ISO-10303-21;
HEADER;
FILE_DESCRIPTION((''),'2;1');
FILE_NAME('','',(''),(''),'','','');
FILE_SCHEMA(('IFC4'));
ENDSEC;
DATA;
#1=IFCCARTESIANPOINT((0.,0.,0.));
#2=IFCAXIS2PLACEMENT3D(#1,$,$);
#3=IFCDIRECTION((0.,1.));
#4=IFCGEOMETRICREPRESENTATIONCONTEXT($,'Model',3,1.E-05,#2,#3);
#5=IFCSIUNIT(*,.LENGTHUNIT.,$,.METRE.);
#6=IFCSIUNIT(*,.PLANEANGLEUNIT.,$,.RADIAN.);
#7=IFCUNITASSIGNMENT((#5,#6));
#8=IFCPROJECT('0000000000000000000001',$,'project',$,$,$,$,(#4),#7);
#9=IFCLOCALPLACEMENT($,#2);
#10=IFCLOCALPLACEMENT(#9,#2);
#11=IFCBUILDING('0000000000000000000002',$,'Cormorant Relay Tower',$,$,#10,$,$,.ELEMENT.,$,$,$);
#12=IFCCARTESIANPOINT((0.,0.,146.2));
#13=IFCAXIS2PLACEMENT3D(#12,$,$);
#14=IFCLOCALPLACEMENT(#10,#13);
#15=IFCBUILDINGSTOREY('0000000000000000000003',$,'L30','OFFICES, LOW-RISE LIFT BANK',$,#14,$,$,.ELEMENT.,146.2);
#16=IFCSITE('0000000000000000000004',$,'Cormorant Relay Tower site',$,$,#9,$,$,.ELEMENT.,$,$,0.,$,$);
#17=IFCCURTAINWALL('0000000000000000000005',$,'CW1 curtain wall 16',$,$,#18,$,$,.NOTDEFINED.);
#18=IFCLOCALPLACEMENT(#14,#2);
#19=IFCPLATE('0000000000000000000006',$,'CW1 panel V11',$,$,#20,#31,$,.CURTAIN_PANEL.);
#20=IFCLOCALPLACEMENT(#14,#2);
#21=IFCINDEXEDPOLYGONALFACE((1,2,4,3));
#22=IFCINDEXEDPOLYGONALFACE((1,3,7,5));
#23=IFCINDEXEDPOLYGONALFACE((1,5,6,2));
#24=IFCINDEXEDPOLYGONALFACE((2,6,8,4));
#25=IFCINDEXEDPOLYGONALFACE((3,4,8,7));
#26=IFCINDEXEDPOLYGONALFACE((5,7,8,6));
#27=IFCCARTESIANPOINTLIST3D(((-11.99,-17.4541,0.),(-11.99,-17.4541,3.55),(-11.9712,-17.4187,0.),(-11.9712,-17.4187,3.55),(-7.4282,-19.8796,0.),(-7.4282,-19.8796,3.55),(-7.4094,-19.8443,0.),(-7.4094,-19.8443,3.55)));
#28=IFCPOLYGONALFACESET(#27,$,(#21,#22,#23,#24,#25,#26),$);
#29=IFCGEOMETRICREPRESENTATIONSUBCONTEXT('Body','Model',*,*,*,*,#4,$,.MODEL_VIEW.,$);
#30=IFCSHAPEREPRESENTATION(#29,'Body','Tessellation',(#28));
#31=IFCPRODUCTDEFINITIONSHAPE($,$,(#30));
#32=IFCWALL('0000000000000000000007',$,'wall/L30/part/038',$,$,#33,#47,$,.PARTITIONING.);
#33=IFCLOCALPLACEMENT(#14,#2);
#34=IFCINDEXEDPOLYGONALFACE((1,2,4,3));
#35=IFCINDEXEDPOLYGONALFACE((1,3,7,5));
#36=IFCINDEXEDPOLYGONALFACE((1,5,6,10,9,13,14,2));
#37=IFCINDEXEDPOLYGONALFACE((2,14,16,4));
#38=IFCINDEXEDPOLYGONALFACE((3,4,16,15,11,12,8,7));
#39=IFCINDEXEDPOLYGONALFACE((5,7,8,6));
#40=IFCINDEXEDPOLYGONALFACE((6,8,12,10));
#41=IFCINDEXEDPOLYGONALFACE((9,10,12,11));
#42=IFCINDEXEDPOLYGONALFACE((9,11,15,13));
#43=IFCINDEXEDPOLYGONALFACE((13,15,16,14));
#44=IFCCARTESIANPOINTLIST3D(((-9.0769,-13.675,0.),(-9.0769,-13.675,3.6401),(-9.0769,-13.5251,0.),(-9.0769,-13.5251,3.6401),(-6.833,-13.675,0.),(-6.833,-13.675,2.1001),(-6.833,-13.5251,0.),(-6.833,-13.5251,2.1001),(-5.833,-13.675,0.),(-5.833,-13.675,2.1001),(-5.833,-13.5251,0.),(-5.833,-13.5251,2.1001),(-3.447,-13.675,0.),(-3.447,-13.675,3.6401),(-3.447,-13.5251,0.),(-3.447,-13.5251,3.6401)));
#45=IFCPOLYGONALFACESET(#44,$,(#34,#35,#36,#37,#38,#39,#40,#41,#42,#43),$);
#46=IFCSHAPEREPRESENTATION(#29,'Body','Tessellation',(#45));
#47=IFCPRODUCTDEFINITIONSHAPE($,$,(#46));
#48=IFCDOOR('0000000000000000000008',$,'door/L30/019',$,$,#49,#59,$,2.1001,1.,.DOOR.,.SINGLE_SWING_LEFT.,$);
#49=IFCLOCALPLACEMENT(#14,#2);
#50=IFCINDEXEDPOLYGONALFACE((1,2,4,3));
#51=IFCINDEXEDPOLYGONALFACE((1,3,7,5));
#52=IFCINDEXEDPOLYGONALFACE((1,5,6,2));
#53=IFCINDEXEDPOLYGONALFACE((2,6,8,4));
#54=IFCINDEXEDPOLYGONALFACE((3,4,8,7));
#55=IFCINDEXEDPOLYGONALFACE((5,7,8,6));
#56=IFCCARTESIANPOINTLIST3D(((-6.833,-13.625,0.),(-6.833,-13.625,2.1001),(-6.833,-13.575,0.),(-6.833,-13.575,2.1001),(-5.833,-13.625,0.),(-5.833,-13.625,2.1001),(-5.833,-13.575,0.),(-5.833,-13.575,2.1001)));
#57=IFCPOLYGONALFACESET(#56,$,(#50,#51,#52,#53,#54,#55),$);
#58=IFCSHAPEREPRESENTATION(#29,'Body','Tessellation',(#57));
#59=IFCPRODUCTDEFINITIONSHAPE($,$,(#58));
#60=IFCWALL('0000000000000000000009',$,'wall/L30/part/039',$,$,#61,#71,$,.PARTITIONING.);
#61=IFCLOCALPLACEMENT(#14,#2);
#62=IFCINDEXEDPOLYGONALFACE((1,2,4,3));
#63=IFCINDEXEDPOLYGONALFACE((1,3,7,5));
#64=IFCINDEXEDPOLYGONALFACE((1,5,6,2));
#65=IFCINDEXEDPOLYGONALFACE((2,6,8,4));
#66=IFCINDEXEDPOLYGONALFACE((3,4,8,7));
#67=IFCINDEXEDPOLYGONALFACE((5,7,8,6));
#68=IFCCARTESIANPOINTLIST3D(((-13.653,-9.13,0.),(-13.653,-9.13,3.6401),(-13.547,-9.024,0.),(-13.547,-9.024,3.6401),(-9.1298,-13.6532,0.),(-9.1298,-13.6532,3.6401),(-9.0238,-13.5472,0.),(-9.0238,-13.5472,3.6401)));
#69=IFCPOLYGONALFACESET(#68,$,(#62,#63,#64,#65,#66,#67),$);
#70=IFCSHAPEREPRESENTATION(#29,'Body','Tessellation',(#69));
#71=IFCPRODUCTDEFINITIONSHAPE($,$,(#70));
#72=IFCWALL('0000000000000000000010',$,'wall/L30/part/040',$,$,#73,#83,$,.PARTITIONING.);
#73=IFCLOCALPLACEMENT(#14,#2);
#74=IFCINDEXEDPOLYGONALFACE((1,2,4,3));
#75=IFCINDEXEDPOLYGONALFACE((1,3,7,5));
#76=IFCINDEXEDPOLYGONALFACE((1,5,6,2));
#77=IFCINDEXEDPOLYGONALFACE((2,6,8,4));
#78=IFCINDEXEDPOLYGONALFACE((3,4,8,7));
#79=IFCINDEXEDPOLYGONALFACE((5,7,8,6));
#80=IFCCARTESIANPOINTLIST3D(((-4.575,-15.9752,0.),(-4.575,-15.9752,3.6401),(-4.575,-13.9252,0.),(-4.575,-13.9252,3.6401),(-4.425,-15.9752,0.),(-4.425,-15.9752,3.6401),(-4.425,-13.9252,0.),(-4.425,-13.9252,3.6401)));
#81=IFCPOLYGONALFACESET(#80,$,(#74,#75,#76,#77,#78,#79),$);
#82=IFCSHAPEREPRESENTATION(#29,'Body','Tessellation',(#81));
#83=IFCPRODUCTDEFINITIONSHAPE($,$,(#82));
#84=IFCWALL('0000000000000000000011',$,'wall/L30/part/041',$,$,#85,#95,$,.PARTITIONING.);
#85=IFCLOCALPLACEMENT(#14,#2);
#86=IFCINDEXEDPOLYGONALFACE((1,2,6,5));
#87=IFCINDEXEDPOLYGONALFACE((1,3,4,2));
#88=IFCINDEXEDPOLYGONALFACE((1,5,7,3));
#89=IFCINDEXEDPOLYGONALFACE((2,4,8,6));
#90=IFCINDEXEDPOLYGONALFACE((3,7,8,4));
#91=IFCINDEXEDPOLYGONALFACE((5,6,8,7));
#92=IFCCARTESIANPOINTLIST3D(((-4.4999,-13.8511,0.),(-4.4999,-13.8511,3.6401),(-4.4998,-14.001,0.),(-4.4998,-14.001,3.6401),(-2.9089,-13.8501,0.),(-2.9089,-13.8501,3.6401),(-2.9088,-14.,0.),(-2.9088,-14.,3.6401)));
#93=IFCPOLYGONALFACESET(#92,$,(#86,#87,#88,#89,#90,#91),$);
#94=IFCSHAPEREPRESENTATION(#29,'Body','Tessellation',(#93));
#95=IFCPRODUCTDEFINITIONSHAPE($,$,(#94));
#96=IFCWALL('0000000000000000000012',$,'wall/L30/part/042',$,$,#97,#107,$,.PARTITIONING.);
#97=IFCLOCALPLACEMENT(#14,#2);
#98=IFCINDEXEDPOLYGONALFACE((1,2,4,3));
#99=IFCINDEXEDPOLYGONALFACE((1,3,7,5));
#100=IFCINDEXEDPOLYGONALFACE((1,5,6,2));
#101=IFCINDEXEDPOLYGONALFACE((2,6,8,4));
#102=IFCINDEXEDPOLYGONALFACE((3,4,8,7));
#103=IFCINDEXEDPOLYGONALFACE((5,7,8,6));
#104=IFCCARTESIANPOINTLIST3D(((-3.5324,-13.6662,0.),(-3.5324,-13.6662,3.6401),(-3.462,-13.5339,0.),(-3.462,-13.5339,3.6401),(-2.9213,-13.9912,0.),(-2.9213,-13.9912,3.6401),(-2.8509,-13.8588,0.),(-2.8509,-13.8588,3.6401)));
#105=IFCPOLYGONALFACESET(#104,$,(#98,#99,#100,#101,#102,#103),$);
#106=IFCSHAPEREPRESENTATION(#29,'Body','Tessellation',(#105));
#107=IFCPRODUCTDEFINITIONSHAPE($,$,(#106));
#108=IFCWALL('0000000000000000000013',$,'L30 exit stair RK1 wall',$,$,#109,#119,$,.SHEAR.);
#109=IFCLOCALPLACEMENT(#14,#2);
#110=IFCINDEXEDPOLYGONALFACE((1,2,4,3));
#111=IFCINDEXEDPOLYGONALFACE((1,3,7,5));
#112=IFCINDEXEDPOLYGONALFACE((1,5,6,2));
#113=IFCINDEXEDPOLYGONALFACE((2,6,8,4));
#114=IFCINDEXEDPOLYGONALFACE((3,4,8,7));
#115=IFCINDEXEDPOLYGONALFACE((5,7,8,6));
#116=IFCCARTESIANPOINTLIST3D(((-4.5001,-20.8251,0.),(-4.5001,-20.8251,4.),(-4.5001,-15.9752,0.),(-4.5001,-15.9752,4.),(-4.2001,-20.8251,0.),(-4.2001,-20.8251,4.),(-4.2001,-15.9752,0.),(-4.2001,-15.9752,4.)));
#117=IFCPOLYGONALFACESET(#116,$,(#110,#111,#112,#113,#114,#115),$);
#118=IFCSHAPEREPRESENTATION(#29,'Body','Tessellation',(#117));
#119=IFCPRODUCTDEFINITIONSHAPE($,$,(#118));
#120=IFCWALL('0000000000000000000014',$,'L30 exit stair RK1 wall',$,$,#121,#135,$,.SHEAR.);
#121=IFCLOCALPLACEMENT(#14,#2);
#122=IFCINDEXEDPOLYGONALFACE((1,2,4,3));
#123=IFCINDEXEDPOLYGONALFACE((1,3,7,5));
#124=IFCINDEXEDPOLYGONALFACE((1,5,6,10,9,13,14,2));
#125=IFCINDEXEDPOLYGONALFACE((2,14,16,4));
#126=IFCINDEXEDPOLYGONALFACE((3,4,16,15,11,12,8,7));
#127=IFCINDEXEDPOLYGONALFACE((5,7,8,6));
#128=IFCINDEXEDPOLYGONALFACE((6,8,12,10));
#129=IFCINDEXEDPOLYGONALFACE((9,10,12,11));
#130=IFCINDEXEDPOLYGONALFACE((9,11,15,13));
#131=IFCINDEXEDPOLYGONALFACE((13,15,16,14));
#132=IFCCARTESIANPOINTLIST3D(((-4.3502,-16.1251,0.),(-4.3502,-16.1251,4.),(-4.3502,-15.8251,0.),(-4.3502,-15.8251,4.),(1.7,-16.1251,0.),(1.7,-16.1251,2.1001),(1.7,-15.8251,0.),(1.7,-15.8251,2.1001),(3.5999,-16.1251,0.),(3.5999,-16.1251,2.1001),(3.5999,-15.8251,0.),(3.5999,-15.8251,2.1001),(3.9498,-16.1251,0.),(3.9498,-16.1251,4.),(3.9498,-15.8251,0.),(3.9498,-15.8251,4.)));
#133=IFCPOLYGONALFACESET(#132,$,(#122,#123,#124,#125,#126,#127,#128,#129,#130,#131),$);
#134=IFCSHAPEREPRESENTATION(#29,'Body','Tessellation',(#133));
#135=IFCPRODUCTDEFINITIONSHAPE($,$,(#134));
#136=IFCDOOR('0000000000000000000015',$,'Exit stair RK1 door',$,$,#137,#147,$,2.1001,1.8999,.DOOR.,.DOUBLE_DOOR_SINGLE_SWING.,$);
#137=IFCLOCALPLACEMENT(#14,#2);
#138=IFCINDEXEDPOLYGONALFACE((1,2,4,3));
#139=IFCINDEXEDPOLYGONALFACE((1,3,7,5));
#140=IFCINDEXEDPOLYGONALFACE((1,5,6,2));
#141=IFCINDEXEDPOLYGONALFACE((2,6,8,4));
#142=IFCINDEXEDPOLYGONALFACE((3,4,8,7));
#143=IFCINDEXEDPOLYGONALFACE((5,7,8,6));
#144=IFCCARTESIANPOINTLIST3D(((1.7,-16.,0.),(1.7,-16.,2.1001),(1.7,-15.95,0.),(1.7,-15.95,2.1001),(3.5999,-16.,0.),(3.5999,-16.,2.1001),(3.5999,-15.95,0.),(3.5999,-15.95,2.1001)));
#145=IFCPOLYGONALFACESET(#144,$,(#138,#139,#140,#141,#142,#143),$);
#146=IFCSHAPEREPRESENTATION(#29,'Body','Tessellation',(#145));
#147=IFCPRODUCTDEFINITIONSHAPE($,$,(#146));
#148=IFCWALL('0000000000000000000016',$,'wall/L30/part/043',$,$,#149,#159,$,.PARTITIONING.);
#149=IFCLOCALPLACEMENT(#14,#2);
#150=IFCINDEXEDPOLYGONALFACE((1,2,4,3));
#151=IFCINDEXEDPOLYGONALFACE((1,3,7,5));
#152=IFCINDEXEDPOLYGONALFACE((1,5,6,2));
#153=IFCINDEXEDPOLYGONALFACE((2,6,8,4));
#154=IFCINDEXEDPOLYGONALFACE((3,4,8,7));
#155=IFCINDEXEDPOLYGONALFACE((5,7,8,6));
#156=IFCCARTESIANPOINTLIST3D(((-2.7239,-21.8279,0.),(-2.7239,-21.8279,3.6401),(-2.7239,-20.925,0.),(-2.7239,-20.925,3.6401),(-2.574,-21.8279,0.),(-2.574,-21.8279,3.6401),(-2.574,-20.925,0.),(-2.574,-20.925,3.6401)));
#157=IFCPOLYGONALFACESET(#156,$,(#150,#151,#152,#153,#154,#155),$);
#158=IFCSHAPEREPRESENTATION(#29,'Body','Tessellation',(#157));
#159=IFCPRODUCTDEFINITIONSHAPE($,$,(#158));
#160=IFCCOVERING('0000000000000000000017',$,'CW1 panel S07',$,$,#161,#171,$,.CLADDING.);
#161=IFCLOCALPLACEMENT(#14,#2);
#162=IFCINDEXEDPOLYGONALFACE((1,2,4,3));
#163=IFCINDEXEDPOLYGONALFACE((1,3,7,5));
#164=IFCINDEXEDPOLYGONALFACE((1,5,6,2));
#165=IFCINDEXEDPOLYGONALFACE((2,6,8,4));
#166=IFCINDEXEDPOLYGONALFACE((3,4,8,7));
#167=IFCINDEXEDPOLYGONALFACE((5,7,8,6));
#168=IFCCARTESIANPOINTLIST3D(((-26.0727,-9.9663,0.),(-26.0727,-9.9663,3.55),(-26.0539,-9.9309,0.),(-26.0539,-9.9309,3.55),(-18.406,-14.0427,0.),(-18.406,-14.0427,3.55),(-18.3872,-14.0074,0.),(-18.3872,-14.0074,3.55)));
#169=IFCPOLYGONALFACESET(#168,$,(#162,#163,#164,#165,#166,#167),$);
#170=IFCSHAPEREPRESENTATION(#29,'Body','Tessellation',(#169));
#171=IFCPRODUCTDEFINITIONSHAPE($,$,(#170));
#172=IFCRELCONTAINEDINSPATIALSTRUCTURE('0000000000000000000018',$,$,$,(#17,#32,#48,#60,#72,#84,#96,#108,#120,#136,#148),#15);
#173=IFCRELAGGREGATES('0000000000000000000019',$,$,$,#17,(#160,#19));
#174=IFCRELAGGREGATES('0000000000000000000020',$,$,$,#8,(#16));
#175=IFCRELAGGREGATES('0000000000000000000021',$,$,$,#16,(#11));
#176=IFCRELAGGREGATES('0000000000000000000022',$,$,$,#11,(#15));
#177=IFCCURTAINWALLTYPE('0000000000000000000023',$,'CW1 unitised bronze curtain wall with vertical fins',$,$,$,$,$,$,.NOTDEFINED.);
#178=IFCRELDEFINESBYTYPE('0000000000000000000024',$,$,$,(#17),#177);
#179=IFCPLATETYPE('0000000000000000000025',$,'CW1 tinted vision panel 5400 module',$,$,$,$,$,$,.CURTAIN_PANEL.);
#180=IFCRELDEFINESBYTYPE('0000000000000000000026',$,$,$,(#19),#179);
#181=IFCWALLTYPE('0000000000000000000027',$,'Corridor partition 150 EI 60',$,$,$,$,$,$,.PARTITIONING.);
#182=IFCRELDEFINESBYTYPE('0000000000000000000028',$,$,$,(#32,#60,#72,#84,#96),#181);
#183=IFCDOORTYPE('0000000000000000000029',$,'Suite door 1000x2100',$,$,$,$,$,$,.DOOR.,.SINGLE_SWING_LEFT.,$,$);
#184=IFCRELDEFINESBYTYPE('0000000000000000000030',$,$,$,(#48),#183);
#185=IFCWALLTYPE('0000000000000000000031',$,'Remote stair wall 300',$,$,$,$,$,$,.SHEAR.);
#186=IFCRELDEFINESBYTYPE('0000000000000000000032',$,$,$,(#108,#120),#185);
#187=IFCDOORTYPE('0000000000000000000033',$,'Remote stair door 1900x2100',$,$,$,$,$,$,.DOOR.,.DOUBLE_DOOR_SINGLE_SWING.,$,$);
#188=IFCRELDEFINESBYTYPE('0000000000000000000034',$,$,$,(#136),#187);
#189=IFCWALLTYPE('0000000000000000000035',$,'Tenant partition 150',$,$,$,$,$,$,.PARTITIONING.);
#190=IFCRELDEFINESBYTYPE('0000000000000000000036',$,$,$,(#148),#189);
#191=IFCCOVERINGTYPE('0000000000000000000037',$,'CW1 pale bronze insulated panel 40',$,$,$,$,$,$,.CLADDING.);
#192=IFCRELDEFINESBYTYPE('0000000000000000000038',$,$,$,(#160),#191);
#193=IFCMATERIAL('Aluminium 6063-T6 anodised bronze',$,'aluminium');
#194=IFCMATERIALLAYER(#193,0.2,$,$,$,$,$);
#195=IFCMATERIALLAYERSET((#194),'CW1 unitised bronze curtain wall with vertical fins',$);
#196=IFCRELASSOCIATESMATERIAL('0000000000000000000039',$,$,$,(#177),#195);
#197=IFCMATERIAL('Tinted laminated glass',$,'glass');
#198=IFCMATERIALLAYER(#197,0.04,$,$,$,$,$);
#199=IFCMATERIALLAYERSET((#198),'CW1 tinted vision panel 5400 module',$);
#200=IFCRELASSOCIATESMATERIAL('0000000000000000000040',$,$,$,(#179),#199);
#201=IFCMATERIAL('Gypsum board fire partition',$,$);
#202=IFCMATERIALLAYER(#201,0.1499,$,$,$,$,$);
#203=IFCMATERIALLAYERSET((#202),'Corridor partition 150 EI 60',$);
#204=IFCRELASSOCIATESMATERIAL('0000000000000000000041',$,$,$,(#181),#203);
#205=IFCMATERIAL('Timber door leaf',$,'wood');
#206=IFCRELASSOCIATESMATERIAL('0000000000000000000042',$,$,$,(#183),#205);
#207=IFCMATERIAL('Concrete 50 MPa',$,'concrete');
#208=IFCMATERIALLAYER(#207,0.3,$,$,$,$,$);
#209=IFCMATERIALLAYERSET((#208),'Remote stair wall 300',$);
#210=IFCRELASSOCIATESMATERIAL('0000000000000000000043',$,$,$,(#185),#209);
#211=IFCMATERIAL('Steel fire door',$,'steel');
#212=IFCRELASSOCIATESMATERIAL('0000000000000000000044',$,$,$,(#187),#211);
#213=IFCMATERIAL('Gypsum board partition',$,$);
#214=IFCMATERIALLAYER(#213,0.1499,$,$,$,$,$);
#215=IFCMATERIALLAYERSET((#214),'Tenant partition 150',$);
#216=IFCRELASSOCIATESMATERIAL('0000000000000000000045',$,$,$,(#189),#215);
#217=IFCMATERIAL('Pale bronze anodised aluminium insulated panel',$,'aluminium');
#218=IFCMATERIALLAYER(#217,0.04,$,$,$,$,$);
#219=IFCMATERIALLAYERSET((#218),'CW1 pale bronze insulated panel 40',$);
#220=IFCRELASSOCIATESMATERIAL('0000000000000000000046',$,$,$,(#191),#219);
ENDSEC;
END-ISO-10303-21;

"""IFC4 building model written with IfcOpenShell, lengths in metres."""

from ifc_helpers import new_model, si_unit, direction, frame, frame_2d, origin, origin_2d, place, context, subcontext, project, spatial, rectangle, extrude, material, layer, layer_set, type_object, element, fill, aggregate, save


model = new_model("IFC4")

# Units and contexts
model_context = context("Model", 3, precision=1e-05, world=origin(), true_north=direction((0.0, 1.0)))
body_context = subcontext(model_context, "Body", "Model", "MODEL_VIEW")
ifc_project = project(units=[si_unit("LENGTHUNIT", "METRE"), si_unit("PLANEANGLEUNIT", "RADIAN")], contexts=[model_context])

# Site, building, storey
site_placement = place(None, origin())
site = spatial("IfcSite", under=ifc_project, at=site_placement, Name="Cormorant Relay Tower site", CompositionType="ELEMENT", RefElevation=0.0)
building_placement = place(site_placement, origin())
building = spatial("IfcBuilding", under=site, at=building_placement, Name="Cormorant Relay Tower", CompositionType="ELEMENT")
storey_placement = place(building_placement, frame((0.0, 0.0, 146.2)))
storey = spatial("IfcBuildingStorey", under=building, at=storey_placement, Name="L30", Description="OFFICES, LOW-RISE LIFT BANK", CompositionType="ELEMENT", Elevation=146.2)

# Shared definitions
ifc_material_1 = material(Name="Aluminium 6063-T6 anodised bronze", Category="aluminium")
ifc_layer_1 = layer(ifc_material_1, 0.2)
ifc_layer_set_1 = layer_set([ifc_layer_1], Name="CW1 unitised bronze curtain wall with vertical fins")
curtain_wall_type = type_object("IfcCurtainWallType", Name="CW1 unitised bronze curtain wall with vertical fins", PredefinedType="NOTDEFINED", material=ifc_layer_set_1)

# Curtain wall
curtain_wall_1_placement = place(storey_placement, origin())
curtain_wall_1 = element("IfcCurtainWall", 1, at=curtain_wall_1_placement, inside=storey, type_object=curtain_wall_type, Name="CW1 curtain wall 16", PredefinedType="NOTDEFINED")

# Plate
ifc_material_2 = material(Name="Tinted laminated glass", Category="glass")
ifc_layer_2 = layer(ifc_material_2, 0.04)
ifc_layer_set_2 = layer_set([ifc_layer_2], Name="CW1 tinted vision panel 5400 module")
plate_type_1 = type_object("IfcPlateType", Name="CW1 tinted vision panel 5400 module", PredefinedType="CURTAIN_PANEL", material=ifc_layer_set_2)
plate_1_placement = place(storey_placement, frame((-9.6997, -18.6492, 0.0), z_axis=(0.0, 0.0, 1.0), x_axis=(0.882948, -0.469472, 0.0)))
plate_1 = element("IfcPlate", 2, at=plate_1_placement, type_object=plate_type_1, Name="CW1 panel V11", PredefinedType="CURTAIN_PANEL", context=body_context, shape_type="SweptSolid", body=[
    extrude(rectangle(XDim=5.1665, YDim=0.04, at=origin_2d()), origin(), (0.0, 0.0, 1.0), 3.55),
])

# Wall, opening, door
ifc_material_3 = material(Name="Gypsum board fire partition")
ifc_layer_3 = layer(ifc_material_3, 0.1499)
ifc_layer_set_3 = layer_set([ifc_layer_3], Name="Corridor partition 150 EI 60")
wall_type_1 = type_object("IfcWallType", Name="Corridor partition 150 EI 60", PredefinedType="PARTITIONING", material=ifc_layer_set_3)
wall_1_placement = place(storey_placement, frame((-3.447, -13.6001, 0.0), z_axis=(0.0, 0.0, 1.0), x_axis=(-1.0, 0.0, 0.0)))
wall_1 = element("IfcWall", 3, at=wall_1_placement, inside=storey, type_object=wall_type_1, Name="wall/L30/part/038", PredefinedType="PARTITIONING", context=body_context, shape_type="SweptSolid", body=[
    extrude(rectangle(XDim=5.6299, YDim=0.1499, at=frame_2d((2.8149, 0.0))), origin(), (0.0, 0.0, 1.0), 3.6401),
])
opening_1_placement = place(wall_1_placement, frame((2.386, 0.0, 0.0)))
opening_1 = element("IfcOpeningElement", 4, at=opening_1_placement, cuts=wall_1, PredefinedType="OPENING", context=body_context, shape_type="SweptSolid", body=[
    extrude(rectangle(XDim=1.0, YDim=2.1001, at=frame_2d((0.5, 1.05))), frame((0.0, 0.085, 0.0), z_axis=(0.0, -1.0, 0.0), x_axis=(1.0, 0.0, 0.0)), (0.0, 0.0, 1.0), 0.1699),
])
ifc_material_4 = material(Name="Timber door leaf", Category="wood")
door_type_1 = type_object("IfcDoorType", Name="Suite door 1000x2100", OperationType="SINGLE_SWING_LEFT", PredefinedType="DOOR", material=ifc_material_4)
door_1_placement = place(opening_1_placement, origin())
door_1 = element("IfcDoor", 5, at=door_1_placement, inside=storey, type_object=door_type_1, Name="door/L30/019", OperationType="SINGLE_SWING_LEFT", OverallHeight=2.1001, OverallWidth=1.0, PredefinedType="DOOR", context=body_context, shape_type="SweptSolid", body=[
    extrude(rectangle(XDim=1.0, YDim=2.1001, at=frame_2d((0.5, 1.05))), frame((0.0, 0.0249, 0.0), z_axis=(0.0, -1.0, 0.0), x_axis=(1.0, 0.0, 0.0)), (0.0, 0.0, 1.0), 0.05),
])
fill(opening_1, door_1)

# Walls
wall_2_placement = place(storey_placement, frame((-9.0769, -13.6001, 0.0), z_axis=(0.0, 0.0, 1.0), x_axis=(-0.707107, 0.707107, 0.0)))
element("IfcWall", 6, at=wall_2_placement, inside=storey, type_object=wall_type_1, Name="wall/L30/part/039", PredefinedType="PARTITIONING", context=body_context, shape_type="SweptSolid", body=[
    extrude(rectangle(XDim=6.3967, YDim=0.1499, at=frame_2d((3.1982, 0.0))), origin(), (0.0, 0.0, 1.0), 3.6401),
])
wall_3_placement = place(storey_placement, frame((-4.5, -15.9751, 0.0), z_axis=(0.0, 0.0, 1.0), x_axis=(0.0, 1.0, 0.0)))
element("IfcWall", 7, at=wall_3_placement, inside=storey, type_object=wall_type_1, Name="wall/L30/part/040", PredefinedType="PARTITIONING", context=body_context, shape_type="SweptSolid", body=[
    extrude(rectangle(XDim=2.05, YDim=0.1499, at=frame_2d((1.0249, 0.0))), origin(), (0.0, 0.0, 1.0), 3.6401),
])
wall_4_placement = place(storey_placement, frame((-2.9089, -13.925, 0.0), z_axis=(0.0, 0.0, 1.0), x_axis=(-1.0, -0.000614, 0.0)))
element("IfcWall", 8, at=wall_4_placement, inside=storey, type_object=wall_type_1, Name="wall/L30/part/041", PredefinedType="PARTITIONING", context=body_context, shape_type="SweptSolid", body=[
    extrude(rectangle(XDim=1.5911, YDim=0.1499, at=frame_2d((0.7954, 0.0))), origin(), (0.0, 0.0, 1.0), 3.6401),
])
wall_5_placement = place(storey_placement, frame((-2.886, -13.925, 0.0), z_axis=(0.0, 0.0, 1.0), x_axis=(-0.882928, 0.469508, 0.0)))
element("IfcWall", 9, at=wall_5_placement, inside=storey, type_object=wall_type_1, Name="wall/L30/part/042", PredefinedType="PARTITIONING", context=body_context, shape_type="SweptSolid", body=[
    extrude(rectangle(XDim=0.6921, YDim=0.1499, at=frame_2d((0.3462, 0.0))), origin(), (0.0, 0.0, 1.0), 3.6401),
])
ifc_material_5 = material(Name="Concrete 50 MPa", Category="concrete")
ifc_layer_4 = layer(ifc_material_5, 0.3)
ifc_layer_set_4 = layer_set([ifc_layer_4], Name="Remote stair wall 300")
wall_type_2 = type_object("IfcWallType", Name="Remote stair wall 300", PredefinedType="SHEAR", material=ifc_layer_set_4)
wall_6_placement = place(storey_placement, frame((-4.3501, -20.825, 0.0), z_axis=(0.0, 0.0, 1.0), x_axis=(0.0, 1.0, 0.0)))
element("IfcWall", 10, at=wall_6_placement, inside=storey, type_object=wall_type_2, Name="L30 exit stair RK1 wall", PredefinedType="SHEAR", context=body_context, shape_type="SweptSolid", body=[
    extrude(rectangle(XDim=4.8499, YDim=0.3, at=frame_2d((2.4248, 0.0))), origin(), (0.0, 0.0, 1.0), 4.0),
])

# Wall, opening, door
wall_7_placement = place(storey_placement, frame((-4.3501, -15.9751, 0.0), z_axis=(0.0, 0.0, 1.0), x_axis=(1.0, 0.0, 0.0)))
wall_7 = element("IfcWall", 11, at=wall_7_placement, inside=storey, type_object=wall_type_2, Name="L30 exit stair RK1 wall", PredefinedType="SHEAR", context=body_context, shape_type="SweptSolid", body=[
    extrude(rectangle(XDim=8.3, YDim=0.3, at=frame_2d((4.1499, 0.0))), origin(), (0.0, 0.0, 1.0), 4.0),
])
opening_2_placement = place(wall_7_placement, frame((6.05, 0.0, 0.0)))
opening_2 = element("IfcOpeningElement", 12, at=opening_2_placement, cuts=wall_7, PredefinedType="OPENING", context=body_context, shape_type="SweptSolid", body=[
    extrude(rectangle(XDim=1.8999, YDim=2.1001, at=frame_2d((0.95, 1.05))), frame((0.0, 0.1599, 0.0), z_axis=(0.0, -1.0, 0.0), x_axis=(1.0, 0.0, 0.0)), (0.0, 0.0, 1.0), 0.3201),
])
ifc_material_6 = material(Name="Steel fire door", Category="steel")
door_type_2 = type_object("IfcDoorType", Name="Remote stair door 1900x2100", OperationType="DOUBLE_DOOR_SINGLE_SWING", PredefinedType="DOOR", material=ifc_material_6)
door_2_placement = place(opening_2_placement, frame((1.8999, 0.0, 0.0), z_axis=(0.0, 0.0, 1.0), x_axis=(-1.0, 0.0, 0.0)))
door_2 = element("IfcDoor", 13, at=door_2_placement, inside=storey, type_object=door_type_2, Name="Exit stair RK1 door", OperationType="DOUBLE_DOOR_SINGLE_SWING", OverallHeight=2.1001, OverallWidth=1.8999, PredefinedType="DOOR", context=body_context, shape_type="SweptSolid", body=[
    extrude(rectangle(XDim=1.8999, YDim=2.1001, at=frame_2d((0.95, 1.05))), frame((0.0, 0.0249, 0.0), z_axis=(0.0, -1.0, 0.0), x_axis=(1.0, 0.0, 0.0)), (0.0, 0.0, 1.0), 0.05),
])
fill(opening_2, door_2)

# Wall
ifc_material_7 = material(Name="Gypsum board partition")
ifc_layer_5 = layer(ifc_material_7, 0.1499)
ifc_layer_set_5 = layer_set([ifc_layer_5], Name="Tenant partition 150")
wall_type_3 = type_object("IfcWallType", Name="Tenant partition 150", PredefinedType="PARTITIONING", material=ifc_layer_set_5)
wall_8_placement = place(storey_placement, frame((-2.6489, -20.925, 0.0), z_axis=(0.0, 0.0, 1.0), x_axis=(0.0, -1.0, 0.0)))
element("IfcWall", 14, at=wall_8_placement, inside=storey, type_object=wall_type_3, Name="wall/L30/part/043", PredefinedType="PARTITIONING", context=body_context, shape_type="SweptSolid", body=[
    extrude(rectangle(XDim=0.9028, YDim=0.1499, at=frame_2d((0.4514, 0.0))), origin(), (0.0, 0.0, 1.0), 3.6401),
])

# Covering
ifc_material_8 = material(Name="Pale bronze anodised aluminium insulated panel", Category="aluminium")
ifc_layer_6 = layer(ifc_material_8, 0.04)
ifc_layer_set_6 = layer_set([ifc_layer_6], Name="CW1 pale bronze insulated panel 40")
covering_type = type_object("IfcCoveringType", Name="CW1 pale bronze insulated panel 40", PredefinedType="CLADDING", material=ifc_layer_set_6)
covering_1_placement = place(storey_placement, frame((-22.23, -11.9868, 0.0), z_axis=(0.0, 0.0, 1.0), x_axis=(0.882948, -0.469472, 0.0)))
covering_1 = element("IfcCovering", 15, at=covering_1_placement, type_object=covering_type, Name="CW1 panel S07", PredefinedType="CLADDING", context=body_context, shape_type="SweptSolid", body=[
    extrude(rectangle(XDim=8.6831, YDim=0.04, at=origin_2d()), origin(), (0.0, 0.0, 1.0), 3.55),
])
aggregate(curtain_wall_1, [covering_1, plate_1])

save(model, "model.ifc")
